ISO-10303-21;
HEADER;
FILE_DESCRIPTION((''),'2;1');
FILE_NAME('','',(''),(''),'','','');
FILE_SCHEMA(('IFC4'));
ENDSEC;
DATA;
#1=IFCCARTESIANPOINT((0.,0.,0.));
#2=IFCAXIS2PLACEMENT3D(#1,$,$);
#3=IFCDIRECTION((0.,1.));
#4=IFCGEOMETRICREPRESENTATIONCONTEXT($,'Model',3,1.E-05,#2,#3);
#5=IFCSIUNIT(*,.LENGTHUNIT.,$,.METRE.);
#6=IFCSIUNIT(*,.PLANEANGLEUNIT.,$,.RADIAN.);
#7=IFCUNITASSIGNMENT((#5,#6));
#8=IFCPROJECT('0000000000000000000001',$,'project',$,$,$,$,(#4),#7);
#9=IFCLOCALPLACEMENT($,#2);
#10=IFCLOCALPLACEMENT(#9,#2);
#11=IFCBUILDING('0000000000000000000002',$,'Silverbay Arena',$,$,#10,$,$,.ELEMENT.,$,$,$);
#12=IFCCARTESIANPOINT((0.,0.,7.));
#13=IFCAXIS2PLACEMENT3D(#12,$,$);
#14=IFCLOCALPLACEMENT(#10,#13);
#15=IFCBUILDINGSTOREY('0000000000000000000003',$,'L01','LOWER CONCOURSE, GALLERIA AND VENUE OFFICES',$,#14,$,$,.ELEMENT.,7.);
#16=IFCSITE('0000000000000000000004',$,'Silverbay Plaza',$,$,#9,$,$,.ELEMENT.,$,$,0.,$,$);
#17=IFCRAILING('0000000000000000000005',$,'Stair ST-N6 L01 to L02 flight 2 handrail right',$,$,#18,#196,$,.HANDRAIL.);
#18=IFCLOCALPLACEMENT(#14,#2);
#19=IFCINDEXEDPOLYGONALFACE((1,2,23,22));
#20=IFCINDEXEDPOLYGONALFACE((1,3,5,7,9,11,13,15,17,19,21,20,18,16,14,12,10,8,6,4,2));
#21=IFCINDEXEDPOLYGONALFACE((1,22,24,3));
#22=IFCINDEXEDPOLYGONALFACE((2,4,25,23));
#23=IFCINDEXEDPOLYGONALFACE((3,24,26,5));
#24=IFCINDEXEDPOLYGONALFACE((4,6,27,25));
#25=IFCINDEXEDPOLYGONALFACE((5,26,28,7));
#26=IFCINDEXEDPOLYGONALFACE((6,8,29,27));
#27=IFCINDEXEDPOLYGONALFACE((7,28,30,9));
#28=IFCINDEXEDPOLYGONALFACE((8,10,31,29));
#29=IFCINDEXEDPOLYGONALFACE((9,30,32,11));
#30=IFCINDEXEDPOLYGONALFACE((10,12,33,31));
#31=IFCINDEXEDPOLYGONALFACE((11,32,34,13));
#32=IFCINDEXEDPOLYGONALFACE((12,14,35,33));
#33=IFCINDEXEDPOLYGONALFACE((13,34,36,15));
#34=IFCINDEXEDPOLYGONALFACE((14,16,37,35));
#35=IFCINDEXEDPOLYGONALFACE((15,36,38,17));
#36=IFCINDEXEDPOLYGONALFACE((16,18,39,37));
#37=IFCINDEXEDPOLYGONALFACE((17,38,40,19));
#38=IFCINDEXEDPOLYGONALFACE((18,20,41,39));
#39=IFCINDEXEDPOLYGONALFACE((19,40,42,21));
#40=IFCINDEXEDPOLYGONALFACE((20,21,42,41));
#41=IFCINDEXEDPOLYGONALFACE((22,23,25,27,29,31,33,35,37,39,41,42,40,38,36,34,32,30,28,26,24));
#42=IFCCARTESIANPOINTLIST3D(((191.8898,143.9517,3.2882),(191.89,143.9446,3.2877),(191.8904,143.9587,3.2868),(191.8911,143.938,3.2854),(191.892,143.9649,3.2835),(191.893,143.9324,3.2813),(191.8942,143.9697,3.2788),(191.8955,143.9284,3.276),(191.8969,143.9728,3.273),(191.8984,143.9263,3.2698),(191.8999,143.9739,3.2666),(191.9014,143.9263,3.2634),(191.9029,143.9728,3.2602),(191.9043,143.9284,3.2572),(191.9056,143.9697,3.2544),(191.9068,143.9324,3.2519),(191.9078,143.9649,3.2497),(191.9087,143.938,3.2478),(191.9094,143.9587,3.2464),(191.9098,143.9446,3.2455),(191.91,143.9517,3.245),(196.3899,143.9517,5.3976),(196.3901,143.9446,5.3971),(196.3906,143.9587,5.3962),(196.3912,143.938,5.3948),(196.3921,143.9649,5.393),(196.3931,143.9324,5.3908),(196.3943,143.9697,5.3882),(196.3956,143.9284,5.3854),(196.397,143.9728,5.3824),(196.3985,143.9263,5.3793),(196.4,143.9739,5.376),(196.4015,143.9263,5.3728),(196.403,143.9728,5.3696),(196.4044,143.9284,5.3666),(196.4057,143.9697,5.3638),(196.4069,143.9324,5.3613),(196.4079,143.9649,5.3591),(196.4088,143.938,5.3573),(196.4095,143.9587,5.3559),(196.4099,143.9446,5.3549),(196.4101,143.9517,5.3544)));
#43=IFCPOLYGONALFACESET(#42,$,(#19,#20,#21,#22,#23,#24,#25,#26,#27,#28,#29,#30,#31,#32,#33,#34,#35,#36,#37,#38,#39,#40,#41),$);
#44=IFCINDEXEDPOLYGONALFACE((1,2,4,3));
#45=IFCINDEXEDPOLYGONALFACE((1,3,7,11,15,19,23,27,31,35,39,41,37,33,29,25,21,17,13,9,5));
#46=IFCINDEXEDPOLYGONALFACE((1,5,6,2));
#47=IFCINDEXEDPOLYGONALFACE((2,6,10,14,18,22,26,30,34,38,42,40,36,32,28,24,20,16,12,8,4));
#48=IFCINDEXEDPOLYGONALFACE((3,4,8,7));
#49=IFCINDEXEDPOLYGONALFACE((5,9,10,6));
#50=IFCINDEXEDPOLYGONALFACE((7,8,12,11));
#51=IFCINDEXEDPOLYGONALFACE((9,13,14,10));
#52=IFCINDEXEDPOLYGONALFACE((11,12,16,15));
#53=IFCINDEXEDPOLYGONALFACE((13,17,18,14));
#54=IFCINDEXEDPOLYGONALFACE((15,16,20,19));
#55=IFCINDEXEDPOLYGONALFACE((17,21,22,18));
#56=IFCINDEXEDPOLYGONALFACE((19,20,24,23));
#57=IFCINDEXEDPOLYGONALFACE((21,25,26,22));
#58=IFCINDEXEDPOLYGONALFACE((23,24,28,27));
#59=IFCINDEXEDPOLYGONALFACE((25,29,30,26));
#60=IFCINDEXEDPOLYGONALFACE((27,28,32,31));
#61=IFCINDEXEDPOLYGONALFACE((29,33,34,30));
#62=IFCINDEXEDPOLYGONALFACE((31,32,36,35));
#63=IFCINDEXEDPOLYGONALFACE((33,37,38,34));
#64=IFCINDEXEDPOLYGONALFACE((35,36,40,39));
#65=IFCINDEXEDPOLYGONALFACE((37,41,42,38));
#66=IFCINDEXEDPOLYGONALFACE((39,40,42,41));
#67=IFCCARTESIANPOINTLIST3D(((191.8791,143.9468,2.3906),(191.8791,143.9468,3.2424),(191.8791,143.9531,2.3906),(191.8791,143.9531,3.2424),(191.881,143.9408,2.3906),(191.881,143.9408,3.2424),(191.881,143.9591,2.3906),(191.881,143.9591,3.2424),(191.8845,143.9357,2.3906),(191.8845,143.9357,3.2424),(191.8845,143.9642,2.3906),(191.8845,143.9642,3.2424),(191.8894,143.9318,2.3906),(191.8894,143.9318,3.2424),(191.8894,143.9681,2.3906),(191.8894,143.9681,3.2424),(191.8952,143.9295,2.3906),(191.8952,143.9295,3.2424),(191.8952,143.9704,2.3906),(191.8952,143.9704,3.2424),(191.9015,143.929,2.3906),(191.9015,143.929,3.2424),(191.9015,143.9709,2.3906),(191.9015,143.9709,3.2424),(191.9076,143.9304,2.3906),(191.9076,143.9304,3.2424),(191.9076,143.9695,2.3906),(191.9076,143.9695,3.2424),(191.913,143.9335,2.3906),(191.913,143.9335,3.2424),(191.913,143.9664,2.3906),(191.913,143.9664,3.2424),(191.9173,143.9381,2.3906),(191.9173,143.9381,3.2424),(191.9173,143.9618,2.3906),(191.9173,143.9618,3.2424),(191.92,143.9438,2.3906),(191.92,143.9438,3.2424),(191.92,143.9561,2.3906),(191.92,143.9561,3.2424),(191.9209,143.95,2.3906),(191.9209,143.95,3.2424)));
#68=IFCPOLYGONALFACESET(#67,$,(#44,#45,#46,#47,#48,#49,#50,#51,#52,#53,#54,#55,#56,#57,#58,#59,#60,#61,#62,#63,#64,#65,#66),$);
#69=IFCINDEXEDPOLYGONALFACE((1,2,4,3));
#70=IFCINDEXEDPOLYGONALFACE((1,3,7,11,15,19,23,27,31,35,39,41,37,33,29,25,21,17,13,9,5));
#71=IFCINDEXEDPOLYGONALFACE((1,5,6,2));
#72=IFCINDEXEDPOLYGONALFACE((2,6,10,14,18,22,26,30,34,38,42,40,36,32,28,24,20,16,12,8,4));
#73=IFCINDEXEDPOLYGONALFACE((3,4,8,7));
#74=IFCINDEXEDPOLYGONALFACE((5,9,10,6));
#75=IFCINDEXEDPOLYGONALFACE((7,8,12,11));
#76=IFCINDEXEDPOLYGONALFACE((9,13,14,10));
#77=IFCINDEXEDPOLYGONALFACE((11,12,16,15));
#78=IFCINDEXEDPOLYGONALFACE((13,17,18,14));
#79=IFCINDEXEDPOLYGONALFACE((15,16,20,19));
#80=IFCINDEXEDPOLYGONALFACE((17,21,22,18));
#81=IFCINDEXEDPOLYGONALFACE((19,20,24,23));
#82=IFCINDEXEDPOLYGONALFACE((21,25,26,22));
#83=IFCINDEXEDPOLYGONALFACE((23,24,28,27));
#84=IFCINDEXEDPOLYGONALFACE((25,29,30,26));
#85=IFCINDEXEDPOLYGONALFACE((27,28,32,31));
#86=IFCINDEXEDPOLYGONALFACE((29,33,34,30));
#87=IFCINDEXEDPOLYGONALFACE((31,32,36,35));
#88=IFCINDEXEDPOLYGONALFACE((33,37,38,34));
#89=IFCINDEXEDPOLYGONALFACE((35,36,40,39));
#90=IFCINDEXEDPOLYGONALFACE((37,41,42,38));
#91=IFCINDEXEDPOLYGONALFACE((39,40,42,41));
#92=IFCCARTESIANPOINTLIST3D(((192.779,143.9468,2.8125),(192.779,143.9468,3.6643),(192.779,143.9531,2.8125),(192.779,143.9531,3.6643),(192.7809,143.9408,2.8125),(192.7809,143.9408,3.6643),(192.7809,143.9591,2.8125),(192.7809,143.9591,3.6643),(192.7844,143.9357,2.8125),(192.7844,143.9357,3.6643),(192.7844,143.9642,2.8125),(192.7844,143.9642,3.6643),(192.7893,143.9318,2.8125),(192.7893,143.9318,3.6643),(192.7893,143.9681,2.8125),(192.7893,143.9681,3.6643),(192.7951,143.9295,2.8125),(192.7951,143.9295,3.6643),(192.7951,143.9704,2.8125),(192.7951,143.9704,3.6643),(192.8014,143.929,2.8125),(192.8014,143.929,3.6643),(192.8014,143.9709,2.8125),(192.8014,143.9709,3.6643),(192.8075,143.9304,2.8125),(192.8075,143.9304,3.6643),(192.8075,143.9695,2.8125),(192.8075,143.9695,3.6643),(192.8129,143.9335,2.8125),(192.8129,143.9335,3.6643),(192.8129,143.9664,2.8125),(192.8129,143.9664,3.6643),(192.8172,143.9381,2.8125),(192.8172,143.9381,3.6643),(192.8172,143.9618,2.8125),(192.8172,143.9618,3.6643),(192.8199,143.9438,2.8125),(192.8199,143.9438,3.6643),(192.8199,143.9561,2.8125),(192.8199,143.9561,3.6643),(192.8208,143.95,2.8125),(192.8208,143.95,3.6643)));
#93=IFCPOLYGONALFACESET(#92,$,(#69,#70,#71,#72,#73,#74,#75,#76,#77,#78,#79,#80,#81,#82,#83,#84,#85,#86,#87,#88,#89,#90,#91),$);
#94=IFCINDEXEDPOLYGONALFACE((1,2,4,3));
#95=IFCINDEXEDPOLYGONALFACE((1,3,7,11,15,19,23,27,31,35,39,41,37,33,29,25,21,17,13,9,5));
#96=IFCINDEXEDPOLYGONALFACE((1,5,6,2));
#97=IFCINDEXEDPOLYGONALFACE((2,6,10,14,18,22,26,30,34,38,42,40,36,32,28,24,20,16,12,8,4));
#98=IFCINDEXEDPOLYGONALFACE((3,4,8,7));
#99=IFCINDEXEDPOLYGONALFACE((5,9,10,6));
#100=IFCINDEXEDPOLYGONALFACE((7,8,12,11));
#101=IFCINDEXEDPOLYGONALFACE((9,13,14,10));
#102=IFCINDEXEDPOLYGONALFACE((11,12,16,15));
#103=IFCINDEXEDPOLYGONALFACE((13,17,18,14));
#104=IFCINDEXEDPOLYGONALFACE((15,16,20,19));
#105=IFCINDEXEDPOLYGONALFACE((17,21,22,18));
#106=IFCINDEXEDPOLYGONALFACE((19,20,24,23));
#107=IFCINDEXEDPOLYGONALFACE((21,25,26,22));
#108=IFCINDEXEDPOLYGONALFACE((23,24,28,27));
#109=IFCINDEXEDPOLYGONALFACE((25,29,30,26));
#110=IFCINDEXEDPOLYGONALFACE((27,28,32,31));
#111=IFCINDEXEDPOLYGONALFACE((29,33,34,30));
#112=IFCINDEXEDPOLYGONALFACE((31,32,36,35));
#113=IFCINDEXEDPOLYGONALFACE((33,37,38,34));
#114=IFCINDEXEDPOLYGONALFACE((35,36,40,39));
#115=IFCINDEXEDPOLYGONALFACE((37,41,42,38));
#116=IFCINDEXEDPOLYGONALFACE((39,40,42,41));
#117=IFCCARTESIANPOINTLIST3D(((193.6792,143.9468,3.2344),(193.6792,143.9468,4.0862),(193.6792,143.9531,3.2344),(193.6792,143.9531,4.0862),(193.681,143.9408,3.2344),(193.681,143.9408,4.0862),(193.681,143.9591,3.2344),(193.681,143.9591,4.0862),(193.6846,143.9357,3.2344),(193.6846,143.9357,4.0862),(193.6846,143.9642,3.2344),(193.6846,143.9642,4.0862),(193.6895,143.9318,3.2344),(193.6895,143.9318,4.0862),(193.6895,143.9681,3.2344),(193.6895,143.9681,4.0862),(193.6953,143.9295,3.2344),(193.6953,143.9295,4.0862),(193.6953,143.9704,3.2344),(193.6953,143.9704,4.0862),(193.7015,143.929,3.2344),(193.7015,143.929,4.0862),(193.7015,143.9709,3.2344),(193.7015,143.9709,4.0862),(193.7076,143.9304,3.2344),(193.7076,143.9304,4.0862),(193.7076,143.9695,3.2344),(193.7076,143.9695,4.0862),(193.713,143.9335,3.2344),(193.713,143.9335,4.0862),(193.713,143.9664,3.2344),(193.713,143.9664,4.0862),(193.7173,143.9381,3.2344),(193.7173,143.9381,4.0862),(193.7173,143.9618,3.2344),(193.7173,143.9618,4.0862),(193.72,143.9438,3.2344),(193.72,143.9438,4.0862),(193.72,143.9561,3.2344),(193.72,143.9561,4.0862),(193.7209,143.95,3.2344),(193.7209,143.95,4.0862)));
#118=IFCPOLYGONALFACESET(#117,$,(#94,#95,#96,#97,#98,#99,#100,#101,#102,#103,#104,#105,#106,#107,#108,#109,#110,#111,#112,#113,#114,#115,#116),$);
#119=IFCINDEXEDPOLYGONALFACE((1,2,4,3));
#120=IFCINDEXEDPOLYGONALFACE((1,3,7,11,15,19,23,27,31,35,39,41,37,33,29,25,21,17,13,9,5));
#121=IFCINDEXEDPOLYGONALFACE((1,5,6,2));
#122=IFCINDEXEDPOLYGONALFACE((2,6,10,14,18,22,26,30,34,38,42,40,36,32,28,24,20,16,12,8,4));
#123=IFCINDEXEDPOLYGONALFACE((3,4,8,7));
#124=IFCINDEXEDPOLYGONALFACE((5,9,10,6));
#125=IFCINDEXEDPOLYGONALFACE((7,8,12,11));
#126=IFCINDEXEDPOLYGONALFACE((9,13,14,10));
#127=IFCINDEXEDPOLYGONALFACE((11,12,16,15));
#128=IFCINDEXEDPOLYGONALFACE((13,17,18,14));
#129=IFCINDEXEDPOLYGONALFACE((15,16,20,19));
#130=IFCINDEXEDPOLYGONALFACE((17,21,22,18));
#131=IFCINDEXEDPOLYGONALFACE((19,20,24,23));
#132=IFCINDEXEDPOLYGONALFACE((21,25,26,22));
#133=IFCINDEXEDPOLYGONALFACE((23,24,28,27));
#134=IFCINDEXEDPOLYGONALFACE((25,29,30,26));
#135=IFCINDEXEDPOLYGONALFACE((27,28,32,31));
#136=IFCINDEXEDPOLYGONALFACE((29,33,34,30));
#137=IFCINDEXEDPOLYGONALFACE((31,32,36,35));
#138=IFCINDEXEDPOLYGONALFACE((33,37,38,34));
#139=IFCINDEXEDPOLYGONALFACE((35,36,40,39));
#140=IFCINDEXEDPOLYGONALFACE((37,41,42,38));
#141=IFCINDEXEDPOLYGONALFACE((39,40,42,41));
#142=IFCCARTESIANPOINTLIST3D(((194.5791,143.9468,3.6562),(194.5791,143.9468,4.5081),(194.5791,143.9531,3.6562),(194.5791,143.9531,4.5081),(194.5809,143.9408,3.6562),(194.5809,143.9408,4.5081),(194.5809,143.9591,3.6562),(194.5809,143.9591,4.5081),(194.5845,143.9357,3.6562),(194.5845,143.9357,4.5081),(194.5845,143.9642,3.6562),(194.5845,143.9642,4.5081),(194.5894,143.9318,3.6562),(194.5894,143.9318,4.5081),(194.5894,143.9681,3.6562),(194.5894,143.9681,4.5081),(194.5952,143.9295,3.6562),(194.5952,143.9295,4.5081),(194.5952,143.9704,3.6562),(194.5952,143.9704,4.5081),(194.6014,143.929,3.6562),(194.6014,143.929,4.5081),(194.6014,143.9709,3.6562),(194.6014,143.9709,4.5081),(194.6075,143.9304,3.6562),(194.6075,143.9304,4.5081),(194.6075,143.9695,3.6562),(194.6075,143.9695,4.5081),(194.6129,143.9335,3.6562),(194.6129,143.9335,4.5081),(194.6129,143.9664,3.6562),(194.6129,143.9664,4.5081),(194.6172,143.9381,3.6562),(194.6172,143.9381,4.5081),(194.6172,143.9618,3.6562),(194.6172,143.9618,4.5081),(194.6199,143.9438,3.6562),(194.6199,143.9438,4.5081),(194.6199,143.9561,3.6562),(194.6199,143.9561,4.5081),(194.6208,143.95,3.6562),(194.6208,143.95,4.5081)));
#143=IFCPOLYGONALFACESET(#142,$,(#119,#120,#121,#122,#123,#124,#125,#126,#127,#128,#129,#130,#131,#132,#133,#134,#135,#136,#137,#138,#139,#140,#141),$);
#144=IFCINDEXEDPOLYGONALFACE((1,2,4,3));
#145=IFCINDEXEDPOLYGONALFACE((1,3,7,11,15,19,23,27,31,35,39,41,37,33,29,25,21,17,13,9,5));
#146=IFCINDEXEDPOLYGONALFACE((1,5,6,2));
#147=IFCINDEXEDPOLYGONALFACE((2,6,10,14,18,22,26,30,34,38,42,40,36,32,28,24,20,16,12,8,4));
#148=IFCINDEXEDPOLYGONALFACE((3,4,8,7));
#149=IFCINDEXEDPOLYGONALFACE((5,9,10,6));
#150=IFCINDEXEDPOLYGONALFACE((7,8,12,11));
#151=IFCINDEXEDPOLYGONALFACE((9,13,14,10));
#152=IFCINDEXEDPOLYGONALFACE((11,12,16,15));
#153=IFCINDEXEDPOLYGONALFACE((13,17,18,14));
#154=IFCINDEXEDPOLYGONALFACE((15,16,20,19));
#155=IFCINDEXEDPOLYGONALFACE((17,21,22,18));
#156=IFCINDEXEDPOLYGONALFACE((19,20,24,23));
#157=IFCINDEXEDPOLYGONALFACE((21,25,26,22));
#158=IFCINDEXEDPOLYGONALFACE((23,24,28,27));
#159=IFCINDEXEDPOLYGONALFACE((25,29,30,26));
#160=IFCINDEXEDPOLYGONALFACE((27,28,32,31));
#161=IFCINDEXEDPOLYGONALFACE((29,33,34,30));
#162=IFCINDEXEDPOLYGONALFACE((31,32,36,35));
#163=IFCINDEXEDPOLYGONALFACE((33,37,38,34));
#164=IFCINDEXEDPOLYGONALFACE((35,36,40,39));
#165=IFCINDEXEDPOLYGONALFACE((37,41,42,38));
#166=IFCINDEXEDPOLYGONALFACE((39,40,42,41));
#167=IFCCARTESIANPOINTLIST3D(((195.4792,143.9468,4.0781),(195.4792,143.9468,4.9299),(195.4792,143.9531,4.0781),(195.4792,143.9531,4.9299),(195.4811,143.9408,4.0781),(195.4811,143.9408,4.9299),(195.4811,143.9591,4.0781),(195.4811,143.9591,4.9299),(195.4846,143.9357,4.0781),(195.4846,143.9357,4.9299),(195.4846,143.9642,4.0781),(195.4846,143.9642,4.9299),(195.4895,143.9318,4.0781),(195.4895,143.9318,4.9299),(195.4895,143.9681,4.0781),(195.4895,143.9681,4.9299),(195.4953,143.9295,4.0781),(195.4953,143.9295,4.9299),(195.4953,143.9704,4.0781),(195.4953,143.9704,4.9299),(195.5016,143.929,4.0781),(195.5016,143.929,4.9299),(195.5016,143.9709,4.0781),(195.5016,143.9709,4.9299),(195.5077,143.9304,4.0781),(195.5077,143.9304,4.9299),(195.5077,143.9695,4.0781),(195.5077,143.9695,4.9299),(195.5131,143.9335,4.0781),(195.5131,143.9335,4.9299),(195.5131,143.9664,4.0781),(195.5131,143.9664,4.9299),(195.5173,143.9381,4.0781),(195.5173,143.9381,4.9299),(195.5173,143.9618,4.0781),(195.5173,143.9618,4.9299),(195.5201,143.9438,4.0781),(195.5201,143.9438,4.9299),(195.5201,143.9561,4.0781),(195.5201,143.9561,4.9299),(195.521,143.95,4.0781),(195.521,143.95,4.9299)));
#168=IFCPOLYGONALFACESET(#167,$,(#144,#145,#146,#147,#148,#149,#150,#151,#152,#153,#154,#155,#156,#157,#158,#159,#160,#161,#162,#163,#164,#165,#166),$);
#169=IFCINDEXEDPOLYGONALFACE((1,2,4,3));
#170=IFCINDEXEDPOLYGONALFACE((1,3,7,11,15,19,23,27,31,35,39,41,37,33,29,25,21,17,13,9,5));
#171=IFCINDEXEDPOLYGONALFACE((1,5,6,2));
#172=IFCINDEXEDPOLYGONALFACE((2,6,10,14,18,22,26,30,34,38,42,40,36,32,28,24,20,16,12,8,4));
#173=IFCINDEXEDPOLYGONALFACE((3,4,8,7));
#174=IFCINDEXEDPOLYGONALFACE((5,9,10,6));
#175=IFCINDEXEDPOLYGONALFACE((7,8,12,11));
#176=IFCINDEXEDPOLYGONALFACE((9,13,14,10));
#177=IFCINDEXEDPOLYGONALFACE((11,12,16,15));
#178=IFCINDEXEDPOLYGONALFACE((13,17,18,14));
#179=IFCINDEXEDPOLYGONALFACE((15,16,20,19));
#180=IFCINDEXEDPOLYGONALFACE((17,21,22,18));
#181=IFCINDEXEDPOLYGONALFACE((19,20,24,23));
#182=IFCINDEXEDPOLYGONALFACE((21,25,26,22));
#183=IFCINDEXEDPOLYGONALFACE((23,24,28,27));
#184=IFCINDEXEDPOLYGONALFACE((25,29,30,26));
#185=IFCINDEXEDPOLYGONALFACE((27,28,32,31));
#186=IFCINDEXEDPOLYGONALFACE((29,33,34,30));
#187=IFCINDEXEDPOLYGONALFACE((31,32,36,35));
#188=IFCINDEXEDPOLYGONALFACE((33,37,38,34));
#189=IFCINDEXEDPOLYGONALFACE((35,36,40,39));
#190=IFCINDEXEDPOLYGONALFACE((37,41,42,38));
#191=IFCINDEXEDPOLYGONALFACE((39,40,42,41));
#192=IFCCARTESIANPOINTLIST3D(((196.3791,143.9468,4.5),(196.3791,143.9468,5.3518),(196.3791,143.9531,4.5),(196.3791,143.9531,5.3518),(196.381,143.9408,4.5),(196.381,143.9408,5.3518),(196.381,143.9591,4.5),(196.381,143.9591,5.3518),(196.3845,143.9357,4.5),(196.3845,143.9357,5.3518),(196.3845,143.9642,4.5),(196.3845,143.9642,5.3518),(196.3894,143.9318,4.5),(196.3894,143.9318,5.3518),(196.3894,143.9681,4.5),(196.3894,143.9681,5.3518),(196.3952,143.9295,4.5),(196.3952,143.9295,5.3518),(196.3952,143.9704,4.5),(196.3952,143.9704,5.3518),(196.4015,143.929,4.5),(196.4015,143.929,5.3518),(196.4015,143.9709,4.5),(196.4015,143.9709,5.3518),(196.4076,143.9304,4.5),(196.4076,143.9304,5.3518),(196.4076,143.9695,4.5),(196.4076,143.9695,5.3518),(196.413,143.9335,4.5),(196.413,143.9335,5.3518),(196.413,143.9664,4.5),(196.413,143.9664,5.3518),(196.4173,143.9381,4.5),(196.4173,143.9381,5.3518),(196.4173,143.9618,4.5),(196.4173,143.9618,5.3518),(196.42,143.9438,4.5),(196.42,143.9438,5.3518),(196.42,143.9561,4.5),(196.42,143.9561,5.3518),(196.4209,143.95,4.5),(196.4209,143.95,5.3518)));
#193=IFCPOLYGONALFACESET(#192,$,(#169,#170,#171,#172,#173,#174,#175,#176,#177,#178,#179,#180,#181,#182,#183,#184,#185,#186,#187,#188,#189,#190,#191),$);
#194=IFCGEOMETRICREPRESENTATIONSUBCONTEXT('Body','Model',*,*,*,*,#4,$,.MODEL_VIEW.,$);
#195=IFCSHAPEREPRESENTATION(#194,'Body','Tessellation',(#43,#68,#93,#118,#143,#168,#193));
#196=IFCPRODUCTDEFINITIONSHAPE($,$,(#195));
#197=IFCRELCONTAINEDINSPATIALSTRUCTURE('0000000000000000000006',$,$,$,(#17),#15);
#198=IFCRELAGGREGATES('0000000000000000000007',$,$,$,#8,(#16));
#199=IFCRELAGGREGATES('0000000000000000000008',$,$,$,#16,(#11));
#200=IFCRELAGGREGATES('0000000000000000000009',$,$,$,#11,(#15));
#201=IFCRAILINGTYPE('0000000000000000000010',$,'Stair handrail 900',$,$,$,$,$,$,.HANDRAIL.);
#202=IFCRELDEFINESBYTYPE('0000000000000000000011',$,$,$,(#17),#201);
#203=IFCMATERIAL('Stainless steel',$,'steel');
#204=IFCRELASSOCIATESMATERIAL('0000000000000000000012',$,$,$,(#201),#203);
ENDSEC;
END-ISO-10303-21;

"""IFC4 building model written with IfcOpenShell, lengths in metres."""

from ifc_helpers import new_model, si_unit, direction, frame, origin, origin_2d, place, context, subcontext, project, spatial, circle, extrude, material, type_object, element, save


model = new_model("IFC4")

# Units and contexts
model_context = context("Model", 3, precision=1e-05, world=origin(), true_north=direction((0.0, 1.0)))
body_context = subcontext(model_context, "Body", "Model", "MODEL_VIEW")
ifc_project = project(units=[si_unit("LENGTHUNIT", "METRE"), si_unit("PLANEANGLEUNIT", "RADIAN")], contexts=[model_context])

# Site, building, storey
site_placement = place(None, origin())
site = spatial("IfcSite", under=ifc_project, at=site_placement, Name="Silverbay Plaza", CompositionType="ELEMENT", RefElevation=0.0)
building_placement = place(site_placement, origin())
building = spatial("IfcBuilding", under=site, at=building_placement, Name="Silverbay Arena", CompositionType="ELEMENT")
storey_placement = place(building_placement, frame((0.0, 0.0, 7.0)))
storey = spatial("IfcBuildingStorey", under=building, at=storey_placement, Name="L01", Description="LOWER CONCOURSE, GALLERIA AND VENUE OFFICES", CompositionType="ELEMENT", Elevation=7.0)

# Railing
ifc_material_1 = material(Name="Stainless steel", Category="steel")
railing_type_1 = type_object("IfcRailingType", Name="Stair handrail 900", PredefinedType="HANDRAIL", material=ifc_material_1)
for number, where, name in (
    (1, (191.8999, 143.95, 2.3906), "Stair ST-N6 L01 to L02 flight 2 handrail right"),
):
    element("IfcRailing", number, at=place(storey_placement, frame(where)), inside=storey, type_object=railing_type_1, Name=name, PredefinedType="HANDRAIL", context=body_context, shape_type="SweptSolid", body=[
        extrude(circle(Radius=0.0239, at=origin_2d()), frame((0.0, 0.0, 0.876), z_axis=(0.905459, 0.0, 0.424434), x_axis=(0.0, 1.0, 0.0)), (0.0, 0.0, 1.0), 4.97),
        extrude(circle(Radius=0.021, at=origin_2d()), origin(), (0.0, 0.0, 1.0), 0.8518),
        extrude(circle(Radius=0.021, at=origin_2d()), frame((0.8999, 0.0, 0.4219)), (0.0, 0.0, 1.0), 0.8518),
        extrude(circle(Radius=0.021, at=origin_2d()), frame((1.8, 0.0, 0.8438)), (0.0, 0.0, 1.0), 0.8518),
        extrude(circle(Radius=0.021, at=origin_2d()), frame((2.7, 0.0, 1.2656)), (0.0, 0.0, 1.0), 0.8518),
        extrude(circle(Radius=0.021, at=origin_2d()), frame((3.6001, 0.0, 1.6875)), (0.0, 0.0, 1.0), 0.8518),
        extrude(circle(Radius=0.021, at=origin_2d()), frame((4.5, 0.0, 2.1094)), (0.0, 0.0, 1.0), 0.8518),
    ])

save(model, "model.ifc")
